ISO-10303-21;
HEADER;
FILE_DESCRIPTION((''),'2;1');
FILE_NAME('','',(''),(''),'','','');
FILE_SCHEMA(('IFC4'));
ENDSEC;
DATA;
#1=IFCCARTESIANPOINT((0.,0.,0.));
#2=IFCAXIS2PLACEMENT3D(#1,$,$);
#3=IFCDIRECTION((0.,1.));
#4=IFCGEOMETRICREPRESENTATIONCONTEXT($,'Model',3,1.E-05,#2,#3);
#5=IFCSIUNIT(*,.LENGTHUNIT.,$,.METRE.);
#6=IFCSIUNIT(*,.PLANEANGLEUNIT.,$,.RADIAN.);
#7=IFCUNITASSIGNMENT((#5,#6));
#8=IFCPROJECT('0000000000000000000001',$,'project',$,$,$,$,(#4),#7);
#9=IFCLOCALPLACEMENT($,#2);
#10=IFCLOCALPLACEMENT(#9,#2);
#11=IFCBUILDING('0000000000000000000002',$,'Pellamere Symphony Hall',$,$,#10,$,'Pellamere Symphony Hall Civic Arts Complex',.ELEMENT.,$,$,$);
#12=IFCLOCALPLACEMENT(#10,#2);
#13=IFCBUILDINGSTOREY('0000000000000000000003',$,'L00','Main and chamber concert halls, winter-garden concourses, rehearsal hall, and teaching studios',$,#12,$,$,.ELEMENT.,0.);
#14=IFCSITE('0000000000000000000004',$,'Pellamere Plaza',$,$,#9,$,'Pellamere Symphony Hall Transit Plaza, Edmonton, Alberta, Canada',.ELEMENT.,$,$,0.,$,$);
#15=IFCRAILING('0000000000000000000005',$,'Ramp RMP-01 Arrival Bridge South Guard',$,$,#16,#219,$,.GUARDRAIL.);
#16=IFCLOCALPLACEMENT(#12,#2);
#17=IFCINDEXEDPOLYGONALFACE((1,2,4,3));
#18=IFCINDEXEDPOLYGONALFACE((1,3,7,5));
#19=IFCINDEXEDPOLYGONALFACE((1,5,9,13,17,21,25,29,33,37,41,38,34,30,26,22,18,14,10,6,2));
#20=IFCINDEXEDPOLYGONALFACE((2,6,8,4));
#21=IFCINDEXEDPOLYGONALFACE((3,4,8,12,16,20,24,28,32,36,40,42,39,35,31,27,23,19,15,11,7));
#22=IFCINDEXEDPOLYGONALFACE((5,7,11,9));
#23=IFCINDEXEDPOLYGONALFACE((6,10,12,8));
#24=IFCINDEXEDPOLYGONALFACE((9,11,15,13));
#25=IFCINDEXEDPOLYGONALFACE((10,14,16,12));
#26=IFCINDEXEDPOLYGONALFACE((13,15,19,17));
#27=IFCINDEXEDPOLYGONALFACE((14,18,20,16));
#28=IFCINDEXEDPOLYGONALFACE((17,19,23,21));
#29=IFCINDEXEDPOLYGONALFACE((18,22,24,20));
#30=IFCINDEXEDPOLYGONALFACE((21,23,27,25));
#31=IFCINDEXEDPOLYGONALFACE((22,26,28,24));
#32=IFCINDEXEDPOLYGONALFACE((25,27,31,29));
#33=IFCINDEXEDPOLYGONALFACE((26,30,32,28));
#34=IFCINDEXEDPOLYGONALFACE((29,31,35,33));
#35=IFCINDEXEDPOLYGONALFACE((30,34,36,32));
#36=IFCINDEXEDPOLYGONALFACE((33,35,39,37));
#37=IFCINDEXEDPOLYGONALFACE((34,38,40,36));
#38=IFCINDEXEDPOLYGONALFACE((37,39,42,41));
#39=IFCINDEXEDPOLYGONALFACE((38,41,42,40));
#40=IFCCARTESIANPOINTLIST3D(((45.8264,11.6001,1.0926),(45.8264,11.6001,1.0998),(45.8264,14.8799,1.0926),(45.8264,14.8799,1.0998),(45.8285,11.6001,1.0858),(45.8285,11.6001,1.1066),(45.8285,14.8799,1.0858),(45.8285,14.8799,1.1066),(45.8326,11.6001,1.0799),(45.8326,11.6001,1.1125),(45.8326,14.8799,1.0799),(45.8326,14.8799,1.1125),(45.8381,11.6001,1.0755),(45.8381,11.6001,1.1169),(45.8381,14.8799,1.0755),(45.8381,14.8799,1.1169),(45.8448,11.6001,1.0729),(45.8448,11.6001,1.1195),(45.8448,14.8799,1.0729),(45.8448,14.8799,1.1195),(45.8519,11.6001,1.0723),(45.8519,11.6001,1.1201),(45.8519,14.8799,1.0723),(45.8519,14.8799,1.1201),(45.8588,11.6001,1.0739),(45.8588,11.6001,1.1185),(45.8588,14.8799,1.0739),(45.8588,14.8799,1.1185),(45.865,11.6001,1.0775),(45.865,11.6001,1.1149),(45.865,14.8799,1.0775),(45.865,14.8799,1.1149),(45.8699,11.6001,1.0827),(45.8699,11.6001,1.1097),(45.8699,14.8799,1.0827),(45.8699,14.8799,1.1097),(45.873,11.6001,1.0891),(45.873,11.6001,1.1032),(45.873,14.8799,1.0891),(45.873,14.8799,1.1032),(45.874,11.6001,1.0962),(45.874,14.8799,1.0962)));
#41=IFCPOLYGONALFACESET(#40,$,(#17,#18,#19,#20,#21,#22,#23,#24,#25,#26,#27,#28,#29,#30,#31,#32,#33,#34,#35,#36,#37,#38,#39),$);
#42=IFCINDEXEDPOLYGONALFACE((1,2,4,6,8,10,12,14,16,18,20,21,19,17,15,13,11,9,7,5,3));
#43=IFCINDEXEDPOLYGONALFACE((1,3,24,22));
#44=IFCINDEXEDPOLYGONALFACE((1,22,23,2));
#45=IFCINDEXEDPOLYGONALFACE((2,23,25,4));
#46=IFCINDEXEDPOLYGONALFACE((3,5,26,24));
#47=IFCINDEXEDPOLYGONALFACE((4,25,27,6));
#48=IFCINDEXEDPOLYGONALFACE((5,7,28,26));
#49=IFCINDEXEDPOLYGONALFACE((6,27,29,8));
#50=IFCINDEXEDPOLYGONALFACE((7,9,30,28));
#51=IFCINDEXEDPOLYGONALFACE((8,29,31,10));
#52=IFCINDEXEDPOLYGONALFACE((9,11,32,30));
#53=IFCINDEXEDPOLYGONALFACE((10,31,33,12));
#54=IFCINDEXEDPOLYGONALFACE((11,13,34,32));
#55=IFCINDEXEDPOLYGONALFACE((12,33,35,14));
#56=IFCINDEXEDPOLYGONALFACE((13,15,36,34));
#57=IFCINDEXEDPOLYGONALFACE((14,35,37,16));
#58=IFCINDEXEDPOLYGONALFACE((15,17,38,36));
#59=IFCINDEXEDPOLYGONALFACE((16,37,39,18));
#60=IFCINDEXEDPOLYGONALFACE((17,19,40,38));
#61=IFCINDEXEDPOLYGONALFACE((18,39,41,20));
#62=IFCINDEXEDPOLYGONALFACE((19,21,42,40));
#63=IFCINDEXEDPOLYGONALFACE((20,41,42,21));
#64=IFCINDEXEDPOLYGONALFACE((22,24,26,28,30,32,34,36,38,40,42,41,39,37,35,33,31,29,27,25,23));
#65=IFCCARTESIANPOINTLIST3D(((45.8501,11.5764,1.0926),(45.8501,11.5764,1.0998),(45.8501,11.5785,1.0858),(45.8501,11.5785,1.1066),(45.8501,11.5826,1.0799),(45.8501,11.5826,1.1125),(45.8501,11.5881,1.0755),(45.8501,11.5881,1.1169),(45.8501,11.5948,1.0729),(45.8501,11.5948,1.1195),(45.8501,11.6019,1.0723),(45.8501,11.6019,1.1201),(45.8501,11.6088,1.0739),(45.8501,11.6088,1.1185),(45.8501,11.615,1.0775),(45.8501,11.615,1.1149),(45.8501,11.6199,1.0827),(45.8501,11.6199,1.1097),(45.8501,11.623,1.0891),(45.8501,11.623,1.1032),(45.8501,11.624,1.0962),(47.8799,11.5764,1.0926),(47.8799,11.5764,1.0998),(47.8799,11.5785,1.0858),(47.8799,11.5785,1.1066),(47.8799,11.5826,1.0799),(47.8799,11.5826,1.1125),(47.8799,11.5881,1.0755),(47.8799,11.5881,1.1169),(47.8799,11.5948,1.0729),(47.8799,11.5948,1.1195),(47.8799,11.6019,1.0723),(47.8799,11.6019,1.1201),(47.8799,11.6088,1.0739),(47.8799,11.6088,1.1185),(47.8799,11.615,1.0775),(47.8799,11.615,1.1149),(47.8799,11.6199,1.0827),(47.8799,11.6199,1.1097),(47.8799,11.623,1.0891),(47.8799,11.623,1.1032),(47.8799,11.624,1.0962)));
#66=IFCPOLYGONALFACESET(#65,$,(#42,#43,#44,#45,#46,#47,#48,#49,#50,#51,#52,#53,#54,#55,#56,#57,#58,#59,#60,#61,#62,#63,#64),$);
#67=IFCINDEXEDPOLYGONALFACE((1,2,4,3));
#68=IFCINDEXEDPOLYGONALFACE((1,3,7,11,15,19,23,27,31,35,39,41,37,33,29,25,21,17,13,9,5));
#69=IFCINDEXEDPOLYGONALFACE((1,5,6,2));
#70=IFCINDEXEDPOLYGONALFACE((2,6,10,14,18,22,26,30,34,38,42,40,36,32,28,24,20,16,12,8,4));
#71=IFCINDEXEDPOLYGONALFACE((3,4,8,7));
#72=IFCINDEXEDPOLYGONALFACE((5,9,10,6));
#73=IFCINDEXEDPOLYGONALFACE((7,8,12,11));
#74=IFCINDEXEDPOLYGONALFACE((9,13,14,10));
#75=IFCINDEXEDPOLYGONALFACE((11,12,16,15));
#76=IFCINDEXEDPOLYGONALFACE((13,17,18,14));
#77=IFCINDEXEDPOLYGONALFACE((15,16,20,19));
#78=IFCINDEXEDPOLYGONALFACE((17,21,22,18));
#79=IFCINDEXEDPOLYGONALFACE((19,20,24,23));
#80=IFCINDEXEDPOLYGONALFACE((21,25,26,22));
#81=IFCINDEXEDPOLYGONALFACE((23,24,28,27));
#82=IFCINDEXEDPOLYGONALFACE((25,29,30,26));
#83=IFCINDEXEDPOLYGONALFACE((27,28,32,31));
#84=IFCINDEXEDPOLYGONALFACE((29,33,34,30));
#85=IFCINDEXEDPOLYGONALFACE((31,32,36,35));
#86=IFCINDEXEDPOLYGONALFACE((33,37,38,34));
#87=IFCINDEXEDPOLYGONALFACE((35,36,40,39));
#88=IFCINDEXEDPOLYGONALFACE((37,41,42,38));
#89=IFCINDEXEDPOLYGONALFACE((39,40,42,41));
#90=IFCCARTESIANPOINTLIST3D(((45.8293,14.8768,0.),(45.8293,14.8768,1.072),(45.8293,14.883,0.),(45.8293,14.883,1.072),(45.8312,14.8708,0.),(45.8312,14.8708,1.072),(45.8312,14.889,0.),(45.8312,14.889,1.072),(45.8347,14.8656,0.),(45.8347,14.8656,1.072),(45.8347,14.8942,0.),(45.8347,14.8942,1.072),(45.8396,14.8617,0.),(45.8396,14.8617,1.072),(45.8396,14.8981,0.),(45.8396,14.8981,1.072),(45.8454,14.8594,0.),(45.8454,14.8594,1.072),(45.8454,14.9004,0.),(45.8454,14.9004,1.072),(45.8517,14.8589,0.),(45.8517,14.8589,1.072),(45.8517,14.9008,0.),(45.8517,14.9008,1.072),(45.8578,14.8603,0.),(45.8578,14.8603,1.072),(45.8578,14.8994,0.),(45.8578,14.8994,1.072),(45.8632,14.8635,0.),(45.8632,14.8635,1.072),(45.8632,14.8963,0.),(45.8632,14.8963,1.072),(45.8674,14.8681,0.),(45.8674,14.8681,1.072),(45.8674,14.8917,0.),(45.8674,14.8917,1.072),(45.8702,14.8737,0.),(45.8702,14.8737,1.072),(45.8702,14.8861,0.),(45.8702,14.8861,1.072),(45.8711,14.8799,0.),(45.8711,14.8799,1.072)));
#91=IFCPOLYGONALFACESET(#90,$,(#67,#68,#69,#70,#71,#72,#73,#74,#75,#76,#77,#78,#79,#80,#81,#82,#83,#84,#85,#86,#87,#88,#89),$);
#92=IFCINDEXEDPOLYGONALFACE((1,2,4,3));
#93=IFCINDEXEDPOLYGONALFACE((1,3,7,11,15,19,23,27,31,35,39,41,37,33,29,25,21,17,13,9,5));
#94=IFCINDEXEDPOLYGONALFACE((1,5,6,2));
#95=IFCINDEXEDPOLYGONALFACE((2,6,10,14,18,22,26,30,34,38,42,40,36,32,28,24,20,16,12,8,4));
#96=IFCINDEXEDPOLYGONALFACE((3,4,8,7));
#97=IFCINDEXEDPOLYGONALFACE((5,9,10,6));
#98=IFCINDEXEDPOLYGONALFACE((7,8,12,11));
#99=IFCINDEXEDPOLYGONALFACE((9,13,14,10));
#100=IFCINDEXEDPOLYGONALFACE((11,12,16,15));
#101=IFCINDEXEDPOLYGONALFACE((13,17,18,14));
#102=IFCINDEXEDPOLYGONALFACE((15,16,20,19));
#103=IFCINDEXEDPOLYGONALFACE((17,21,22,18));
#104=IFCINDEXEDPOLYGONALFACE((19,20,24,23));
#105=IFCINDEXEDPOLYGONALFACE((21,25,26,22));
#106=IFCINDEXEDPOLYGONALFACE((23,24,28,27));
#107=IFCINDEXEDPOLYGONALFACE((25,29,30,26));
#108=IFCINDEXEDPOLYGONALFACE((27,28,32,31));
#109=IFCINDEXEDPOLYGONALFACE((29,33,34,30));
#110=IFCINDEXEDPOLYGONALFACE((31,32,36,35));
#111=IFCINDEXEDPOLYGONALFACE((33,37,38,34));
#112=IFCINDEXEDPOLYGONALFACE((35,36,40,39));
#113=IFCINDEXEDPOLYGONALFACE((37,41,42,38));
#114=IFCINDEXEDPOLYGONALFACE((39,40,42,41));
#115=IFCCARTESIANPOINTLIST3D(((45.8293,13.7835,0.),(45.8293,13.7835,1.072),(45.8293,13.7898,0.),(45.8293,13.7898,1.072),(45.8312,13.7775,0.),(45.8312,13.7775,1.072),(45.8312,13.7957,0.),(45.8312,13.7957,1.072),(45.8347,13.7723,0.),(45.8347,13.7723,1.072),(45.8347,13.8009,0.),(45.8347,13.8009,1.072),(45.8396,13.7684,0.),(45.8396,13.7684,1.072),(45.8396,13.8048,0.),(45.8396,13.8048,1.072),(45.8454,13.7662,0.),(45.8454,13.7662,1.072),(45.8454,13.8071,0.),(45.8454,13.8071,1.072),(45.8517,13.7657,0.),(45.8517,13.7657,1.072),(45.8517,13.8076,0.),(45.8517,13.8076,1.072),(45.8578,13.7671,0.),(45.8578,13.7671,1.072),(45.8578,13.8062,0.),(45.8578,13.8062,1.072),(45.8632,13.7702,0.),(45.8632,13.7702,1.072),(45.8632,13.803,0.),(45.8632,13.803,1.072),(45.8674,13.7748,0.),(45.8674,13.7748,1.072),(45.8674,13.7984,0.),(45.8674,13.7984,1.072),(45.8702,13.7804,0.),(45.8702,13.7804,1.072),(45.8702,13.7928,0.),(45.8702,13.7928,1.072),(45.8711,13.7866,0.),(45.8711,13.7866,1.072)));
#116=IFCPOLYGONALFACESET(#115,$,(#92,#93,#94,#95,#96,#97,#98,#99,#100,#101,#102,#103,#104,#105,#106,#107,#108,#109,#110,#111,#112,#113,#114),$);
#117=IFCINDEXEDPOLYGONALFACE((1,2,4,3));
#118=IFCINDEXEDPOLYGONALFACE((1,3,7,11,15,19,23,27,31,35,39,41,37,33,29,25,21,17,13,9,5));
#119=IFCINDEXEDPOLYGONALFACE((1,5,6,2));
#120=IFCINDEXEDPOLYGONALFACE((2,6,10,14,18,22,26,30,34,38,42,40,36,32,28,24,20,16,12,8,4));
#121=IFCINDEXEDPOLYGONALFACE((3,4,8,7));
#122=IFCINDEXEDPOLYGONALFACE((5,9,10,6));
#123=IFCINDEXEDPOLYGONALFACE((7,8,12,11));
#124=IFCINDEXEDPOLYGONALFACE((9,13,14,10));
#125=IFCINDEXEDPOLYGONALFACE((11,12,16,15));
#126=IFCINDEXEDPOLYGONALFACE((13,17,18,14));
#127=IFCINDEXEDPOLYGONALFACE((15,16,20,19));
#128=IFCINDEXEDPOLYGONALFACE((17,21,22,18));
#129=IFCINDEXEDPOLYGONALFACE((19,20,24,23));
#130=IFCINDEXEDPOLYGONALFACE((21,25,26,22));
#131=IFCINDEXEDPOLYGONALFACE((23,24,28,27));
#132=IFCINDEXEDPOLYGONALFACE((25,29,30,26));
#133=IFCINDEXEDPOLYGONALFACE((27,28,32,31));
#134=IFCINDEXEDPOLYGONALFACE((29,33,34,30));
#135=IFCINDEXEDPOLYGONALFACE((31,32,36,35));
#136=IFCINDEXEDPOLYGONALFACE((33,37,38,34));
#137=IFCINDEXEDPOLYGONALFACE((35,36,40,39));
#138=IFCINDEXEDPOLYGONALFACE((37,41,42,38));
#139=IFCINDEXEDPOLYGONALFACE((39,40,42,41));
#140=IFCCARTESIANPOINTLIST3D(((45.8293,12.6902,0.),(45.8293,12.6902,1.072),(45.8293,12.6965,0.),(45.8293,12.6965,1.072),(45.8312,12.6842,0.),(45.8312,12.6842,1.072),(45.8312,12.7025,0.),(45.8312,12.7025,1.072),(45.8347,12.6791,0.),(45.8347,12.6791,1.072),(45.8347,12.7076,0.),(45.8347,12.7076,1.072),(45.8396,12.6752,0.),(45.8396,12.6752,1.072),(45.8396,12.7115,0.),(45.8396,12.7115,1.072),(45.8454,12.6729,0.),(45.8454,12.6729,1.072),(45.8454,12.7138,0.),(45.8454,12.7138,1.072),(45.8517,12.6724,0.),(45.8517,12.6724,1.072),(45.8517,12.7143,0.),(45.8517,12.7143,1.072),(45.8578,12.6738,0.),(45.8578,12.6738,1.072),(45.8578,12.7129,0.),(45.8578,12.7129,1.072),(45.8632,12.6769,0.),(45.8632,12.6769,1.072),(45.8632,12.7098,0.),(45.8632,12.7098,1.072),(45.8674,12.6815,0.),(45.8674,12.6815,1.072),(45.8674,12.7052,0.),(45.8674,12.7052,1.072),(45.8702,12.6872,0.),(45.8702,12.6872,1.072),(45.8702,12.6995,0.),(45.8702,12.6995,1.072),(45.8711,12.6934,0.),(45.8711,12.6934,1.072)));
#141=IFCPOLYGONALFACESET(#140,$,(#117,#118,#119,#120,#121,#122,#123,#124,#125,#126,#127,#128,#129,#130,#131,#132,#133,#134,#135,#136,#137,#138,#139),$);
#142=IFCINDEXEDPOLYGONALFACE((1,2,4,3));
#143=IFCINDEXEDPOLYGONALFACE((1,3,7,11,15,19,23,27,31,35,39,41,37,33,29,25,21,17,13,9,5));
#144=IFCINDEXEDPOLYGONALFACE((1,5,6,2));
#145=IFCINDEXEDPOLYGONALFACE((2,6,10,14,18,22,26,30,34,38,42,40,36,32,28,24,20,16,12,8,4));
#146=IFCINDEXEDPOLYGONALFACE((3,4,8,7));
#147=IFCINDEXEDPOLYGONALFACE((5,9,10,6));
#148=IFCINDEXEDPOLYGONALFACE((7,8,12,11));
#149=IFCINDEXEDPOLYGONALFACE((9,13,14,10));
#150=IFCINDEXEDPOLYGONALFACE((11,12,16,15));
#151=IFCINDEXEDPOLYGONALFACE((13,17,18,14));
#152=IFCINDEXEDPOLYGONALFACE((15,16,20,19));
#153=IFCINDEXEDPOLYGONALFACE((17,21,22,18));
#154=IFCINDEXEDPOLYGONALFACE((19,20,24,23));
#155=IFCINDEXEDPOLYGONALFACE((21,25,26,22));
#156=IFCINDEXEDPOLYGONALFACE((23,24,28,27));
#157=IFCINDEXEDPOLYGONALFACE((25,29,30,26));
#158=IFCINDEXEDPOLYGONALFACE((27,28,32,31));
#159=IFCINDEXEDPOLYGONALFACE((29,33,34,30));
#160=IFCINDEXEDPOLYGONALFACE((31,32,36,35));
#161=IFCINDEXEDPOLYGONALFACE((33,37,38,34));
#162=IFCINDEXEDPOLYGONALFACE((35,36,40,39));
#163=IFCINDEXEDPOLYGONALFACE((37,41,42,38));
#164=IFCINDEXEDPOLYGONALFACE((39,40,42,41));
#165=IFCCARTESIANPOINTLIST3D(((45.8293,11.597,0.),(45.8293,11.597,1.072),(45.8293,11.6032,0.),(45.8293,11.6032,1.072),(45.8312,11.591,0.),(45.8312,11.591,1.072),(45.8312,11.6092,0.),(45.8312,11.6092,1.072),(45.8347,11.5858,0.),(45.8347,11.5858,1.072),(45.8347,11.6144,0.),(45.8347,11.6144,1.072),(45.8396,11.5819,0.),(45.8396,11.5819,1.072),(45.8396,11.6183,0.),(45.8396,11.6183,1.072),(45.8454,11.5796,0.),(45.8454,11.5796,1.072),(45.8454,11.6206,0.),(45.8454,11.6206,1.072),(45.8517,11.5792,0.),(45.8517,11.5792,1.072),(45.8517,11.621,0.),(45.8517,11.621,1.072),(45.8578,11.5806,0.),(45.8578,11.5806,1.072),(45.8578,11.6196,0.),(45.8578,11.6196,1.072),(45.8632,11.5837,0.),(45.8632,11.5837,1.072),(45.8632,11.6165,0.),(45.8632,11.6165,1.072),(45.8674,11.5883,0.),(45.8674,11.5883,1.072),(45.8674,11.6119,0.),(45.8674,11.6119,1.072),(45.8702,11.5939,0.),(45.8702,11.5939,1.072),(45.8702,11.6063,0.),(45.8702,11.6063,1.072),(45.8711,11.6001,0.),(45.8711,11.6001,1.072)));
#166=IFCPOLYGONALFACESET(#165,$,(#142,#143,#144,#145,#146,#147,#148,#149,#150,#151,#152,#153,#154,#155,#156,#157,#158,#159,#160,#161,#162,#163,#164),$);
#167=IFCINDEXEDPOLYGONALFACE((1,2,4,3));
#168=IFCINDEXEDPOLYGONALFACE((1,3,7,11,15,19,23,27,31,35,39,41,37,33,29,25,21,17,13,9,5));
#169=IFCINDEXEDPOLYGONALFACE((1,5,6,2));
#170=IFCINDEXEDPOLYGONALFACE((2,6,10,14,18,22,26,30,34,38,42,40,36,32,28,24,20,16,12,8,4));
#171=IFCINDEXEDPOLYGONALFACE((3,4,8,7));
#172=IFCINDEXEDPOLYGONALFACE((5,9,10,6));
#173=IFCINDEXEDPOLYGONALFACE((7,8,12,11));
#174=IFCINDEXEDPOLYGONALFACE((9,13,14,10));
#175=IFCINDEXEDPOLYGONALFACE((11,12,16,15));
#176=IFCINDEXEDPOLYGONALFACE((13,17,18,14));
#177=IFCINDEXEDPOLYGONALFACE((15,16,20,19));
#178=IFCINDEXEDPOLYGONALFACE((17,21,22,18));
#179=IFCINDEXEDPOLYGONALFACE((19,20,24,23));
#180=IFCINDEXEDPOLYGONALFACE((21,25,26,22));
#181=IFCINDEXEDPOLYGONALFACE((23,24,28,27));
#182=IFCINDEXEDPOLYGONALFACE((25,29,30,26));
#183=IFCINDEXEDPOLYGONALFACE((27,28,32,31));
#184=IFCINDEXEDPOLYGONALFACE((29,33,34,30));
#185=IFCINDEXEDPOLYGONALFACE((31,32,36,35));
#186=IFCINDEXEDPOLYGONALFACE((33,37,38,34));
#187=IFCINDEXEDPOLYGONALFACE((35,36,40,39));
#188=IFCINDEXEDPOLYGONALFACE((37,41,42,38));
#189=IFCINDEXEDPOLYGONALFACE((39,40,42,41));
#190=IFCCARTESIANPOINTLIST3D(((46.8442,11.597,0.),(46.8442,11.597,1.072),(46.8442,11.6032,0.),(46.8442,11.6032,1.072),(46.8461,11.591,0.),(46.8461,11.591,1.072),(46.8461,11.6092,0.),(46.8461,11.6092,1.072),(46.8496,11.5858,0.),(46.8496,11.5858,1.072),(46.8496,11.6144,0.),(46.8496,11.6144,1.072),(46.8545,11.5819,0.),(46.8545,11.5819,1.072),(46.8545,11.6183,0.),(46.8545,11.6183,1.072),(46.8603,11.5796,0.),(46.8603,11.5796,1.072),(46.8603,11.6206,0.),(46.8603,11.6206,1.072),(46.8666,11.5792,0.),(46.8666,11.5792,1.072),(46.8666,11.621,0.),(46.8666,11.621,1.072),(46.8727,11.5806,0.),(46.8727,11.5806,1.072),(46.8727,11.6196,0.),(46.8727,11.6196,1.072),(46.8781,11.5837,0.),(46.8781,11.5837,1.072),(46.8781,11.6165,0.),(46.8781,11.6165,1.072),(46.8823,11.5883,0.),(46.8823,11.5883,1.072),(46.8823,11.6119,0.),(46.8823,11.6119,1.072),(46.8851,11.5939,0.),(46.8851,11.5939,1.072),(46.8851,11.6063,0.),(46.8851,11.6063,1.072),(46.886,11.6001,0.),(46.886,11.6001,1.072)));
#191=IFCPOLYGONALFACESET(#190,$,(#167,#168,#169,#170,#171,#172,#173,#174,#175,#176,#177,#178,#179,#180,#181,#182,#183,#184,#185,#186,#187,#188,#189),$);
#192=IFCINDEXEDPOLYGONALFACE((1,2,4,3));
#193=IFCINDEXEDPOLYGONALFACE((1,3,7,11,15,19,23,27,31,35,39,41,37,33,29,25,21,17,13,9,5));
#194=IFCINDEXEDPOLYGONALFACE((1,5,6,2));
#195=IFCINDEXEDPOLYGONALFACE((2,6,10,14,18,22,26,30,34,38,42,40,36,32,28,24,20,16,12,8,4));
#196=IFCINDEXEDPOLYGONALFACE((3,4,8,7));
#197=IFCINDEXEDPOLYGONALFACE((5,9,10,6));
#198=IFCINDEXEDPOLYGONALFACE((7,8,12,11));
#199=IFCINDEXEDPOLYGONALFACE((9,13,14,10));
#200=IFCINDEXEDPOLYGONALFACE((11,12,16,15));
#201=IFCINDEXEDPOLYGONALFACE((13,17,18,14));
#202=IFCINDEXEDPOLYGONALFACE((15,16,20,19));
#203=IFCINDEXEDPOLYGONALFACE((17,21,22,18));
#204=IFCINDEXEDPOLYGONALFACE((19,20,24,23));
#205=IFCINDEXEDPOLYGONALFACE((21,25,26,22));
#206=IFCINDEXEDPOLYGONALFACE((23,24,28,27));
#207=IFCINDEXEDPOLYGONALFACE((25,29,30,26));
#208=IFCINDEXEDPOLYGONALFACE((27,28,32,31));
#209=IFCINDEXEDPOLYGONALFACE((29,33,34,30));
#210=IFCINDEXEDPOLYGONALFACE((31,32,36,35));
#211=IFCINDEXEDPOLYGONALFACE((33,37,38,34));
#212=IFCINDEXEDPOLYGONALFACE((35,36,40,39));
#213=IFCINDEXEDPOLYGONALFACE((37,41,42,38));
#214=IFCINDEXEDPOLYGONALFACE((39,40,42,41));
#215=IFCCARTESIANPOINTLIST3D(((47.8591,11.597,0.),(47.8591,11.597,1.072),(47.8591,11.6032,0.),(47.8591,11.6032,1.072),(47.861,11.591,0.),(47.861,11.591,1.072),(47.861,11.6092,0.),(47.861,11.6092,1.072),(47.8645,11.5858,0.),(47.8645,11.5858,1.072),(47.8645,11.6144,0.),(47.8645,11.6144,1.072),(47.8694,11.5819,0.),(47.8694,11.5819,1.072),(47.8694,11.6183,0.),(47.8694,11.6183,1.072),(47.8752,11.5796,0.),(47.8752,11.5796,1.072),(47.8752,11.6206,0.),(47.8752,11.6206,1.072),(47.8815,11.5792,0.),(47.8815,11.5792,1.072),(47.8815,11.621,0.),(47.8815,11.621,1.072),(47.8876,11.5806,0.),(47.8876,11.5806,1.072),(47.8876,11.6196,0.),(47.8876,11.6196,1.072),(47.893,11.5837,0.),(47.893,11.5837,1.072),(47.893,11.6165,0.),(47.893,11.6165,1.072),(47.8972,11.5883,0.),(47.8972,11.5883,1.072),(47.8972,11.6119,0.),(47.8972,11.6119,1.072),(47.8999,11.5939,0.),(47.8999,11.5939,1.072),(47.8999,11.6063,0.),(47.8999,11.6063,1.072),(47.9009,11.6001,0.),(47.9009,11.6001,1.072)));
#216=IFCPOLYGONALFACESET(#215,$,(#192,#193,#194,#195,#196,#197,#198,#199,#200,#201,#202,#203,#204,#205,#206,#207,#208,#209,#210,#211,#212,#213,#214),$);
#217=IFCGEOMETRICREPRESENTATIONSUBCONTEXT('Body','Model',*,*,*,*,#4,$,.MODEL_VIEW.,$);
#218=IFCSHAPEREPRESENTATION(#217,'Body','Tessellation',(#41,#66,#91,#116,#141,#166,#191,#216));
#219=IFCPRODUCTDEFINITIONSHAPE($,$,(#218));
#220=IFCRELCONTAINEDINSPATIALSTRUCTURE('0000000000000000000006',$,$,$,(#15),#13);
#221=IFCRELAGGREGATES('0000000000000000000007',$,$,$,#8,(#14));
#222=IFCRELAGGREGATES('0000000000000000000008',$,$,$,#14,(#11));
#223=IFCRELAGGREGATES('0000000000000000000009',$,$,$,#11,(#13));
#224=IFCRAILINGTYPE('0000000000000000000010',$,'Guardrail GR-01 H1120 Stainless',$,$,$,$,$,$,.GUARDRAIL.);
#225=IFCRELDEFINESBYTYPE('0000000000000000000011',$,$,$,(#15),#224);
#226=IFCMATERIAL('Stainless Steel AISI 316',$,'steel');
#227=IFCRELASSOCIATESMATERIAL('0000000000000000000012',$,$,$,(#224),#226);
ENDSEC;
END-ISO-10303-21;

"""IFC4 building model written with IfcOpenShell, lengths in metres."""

from ifc_helpers import new_model, si_unit, direction, frame, origin, origin_2d, place, context, subcontext, project, spatial, circle, extrude, material, type_object, element, save


model = new_model("IFC4")

# Units and contexts
model_context = context("Model", 3, precision=1e-05, world=origin(), true_north=direction((0.0, 1.0)))
body_context = subcontext(model_context, "Body", "Model", "MODEL_VIEW")
ifc_project = project(units=[si_unit("LENGTHUNIT", "METRE"), si_unit("PLANEANGLEUNIT", "RADIAN")], contexts=[model_context])

# Site, building, storey
site_placement = place(None, origin())
site = spatial("IfcSite", under=ifc_project, at=site_placement, Name="Pellamere Plaza", LongName="Pellamere Symphony Hall Transit Plaza, Edmonton, Alberta, Canada", CompositionType="ELEMENT", RefElevation=0.0)
building_placement = place(site_placement, origin())
building = spatial("IfcBuilding", under=site, at=building_placement, Name="Pellamere Symphony Hall", LongName="Pellamere Symphony Hall Civic Arts Complex", CompositionType="ELEMENT")
storey_placement = place(building_placement, origin())
storey = spatial("IfcBuildingStorey", under=building, at=storey_placement, Name="L00", Description="Main and chamber concert halls, winter-garden concourses, rehearsal hall, and teaching studios", CompositionType="ELEMENT", Elevation=0.0)

# Railing
ifc_material_1 = material(Name="Stainless Steel AISI 316", Category="steel")
railing_type = type_object("IfcRailingType", Name="Guardrail GR-01 H1120 Stainless", PredefinedType="GUARDRAIL", material=ifc_material_1)
railing_1_placement = place(storey_placement, frame((45.8501, 14.8799, 0.0)))
element("IfcRailing", 1, at=railing_1_placement, inside=storey, type_object=railing_type, Name="Ramp RMP-01 Arrival Bridge South Guard", PredefinedType="GUARDRAIL", context=body_context, shape_type="SweptSolid", body=[
    extrude(circle(Radius=0.0239, at=origin_2d()), frame((0.0, 0.0, 1.0962), z_axis=(0.0, -1.0, 0.0), x_axis=(1.0, 0.0, 0.0)), (0.0, 0.0, 1.0), 3.2798),
    extrude(circle(Radius=0.0239, at=origin_2d()), frame((0.0, -3.2798, 1.0962), z_axis=(1.0, 0.0, 0.0), x_axis=(0.0, 1.0, 0.0)), (0.0, 0.0, 1.0), 2.0298),
    extrude(circle(Radius=0.021, at=origin_2d()), origin(), (0.0, 0.0, 1.0), 1.072),
    extrude(circle(Radius=0.021, at=origin_2d()), frame((0.0, -1.0933, 0.0)), (0.0, 0.0, 1.0), 1.072),
    extrude(circle(Radius=0.021, at=origin_2d()), frame((0.0, -2.1865, 0.0)), (0.0, 0.0, 1.0), 1.072),
    extrude(circle(Radius=0.021, at=origin_2d()), frame((0.0, -3.2798, 0.0)), (0.0, 0.0, 1.0), 1.072),
    extrude(circle(Radius=0.021, at=origin_2d()), frame((1.0149, -3.2798, 0.0)), (0.0, 0.0, 1.0), 1.072),
    extrude(circle(Radius=0.021, at=origin_2d()), frame((2.0298, -3.2798, 0.0)), (0.0, 0.0, 1.0), 1.072),
])

save(model, "model.ifc")
